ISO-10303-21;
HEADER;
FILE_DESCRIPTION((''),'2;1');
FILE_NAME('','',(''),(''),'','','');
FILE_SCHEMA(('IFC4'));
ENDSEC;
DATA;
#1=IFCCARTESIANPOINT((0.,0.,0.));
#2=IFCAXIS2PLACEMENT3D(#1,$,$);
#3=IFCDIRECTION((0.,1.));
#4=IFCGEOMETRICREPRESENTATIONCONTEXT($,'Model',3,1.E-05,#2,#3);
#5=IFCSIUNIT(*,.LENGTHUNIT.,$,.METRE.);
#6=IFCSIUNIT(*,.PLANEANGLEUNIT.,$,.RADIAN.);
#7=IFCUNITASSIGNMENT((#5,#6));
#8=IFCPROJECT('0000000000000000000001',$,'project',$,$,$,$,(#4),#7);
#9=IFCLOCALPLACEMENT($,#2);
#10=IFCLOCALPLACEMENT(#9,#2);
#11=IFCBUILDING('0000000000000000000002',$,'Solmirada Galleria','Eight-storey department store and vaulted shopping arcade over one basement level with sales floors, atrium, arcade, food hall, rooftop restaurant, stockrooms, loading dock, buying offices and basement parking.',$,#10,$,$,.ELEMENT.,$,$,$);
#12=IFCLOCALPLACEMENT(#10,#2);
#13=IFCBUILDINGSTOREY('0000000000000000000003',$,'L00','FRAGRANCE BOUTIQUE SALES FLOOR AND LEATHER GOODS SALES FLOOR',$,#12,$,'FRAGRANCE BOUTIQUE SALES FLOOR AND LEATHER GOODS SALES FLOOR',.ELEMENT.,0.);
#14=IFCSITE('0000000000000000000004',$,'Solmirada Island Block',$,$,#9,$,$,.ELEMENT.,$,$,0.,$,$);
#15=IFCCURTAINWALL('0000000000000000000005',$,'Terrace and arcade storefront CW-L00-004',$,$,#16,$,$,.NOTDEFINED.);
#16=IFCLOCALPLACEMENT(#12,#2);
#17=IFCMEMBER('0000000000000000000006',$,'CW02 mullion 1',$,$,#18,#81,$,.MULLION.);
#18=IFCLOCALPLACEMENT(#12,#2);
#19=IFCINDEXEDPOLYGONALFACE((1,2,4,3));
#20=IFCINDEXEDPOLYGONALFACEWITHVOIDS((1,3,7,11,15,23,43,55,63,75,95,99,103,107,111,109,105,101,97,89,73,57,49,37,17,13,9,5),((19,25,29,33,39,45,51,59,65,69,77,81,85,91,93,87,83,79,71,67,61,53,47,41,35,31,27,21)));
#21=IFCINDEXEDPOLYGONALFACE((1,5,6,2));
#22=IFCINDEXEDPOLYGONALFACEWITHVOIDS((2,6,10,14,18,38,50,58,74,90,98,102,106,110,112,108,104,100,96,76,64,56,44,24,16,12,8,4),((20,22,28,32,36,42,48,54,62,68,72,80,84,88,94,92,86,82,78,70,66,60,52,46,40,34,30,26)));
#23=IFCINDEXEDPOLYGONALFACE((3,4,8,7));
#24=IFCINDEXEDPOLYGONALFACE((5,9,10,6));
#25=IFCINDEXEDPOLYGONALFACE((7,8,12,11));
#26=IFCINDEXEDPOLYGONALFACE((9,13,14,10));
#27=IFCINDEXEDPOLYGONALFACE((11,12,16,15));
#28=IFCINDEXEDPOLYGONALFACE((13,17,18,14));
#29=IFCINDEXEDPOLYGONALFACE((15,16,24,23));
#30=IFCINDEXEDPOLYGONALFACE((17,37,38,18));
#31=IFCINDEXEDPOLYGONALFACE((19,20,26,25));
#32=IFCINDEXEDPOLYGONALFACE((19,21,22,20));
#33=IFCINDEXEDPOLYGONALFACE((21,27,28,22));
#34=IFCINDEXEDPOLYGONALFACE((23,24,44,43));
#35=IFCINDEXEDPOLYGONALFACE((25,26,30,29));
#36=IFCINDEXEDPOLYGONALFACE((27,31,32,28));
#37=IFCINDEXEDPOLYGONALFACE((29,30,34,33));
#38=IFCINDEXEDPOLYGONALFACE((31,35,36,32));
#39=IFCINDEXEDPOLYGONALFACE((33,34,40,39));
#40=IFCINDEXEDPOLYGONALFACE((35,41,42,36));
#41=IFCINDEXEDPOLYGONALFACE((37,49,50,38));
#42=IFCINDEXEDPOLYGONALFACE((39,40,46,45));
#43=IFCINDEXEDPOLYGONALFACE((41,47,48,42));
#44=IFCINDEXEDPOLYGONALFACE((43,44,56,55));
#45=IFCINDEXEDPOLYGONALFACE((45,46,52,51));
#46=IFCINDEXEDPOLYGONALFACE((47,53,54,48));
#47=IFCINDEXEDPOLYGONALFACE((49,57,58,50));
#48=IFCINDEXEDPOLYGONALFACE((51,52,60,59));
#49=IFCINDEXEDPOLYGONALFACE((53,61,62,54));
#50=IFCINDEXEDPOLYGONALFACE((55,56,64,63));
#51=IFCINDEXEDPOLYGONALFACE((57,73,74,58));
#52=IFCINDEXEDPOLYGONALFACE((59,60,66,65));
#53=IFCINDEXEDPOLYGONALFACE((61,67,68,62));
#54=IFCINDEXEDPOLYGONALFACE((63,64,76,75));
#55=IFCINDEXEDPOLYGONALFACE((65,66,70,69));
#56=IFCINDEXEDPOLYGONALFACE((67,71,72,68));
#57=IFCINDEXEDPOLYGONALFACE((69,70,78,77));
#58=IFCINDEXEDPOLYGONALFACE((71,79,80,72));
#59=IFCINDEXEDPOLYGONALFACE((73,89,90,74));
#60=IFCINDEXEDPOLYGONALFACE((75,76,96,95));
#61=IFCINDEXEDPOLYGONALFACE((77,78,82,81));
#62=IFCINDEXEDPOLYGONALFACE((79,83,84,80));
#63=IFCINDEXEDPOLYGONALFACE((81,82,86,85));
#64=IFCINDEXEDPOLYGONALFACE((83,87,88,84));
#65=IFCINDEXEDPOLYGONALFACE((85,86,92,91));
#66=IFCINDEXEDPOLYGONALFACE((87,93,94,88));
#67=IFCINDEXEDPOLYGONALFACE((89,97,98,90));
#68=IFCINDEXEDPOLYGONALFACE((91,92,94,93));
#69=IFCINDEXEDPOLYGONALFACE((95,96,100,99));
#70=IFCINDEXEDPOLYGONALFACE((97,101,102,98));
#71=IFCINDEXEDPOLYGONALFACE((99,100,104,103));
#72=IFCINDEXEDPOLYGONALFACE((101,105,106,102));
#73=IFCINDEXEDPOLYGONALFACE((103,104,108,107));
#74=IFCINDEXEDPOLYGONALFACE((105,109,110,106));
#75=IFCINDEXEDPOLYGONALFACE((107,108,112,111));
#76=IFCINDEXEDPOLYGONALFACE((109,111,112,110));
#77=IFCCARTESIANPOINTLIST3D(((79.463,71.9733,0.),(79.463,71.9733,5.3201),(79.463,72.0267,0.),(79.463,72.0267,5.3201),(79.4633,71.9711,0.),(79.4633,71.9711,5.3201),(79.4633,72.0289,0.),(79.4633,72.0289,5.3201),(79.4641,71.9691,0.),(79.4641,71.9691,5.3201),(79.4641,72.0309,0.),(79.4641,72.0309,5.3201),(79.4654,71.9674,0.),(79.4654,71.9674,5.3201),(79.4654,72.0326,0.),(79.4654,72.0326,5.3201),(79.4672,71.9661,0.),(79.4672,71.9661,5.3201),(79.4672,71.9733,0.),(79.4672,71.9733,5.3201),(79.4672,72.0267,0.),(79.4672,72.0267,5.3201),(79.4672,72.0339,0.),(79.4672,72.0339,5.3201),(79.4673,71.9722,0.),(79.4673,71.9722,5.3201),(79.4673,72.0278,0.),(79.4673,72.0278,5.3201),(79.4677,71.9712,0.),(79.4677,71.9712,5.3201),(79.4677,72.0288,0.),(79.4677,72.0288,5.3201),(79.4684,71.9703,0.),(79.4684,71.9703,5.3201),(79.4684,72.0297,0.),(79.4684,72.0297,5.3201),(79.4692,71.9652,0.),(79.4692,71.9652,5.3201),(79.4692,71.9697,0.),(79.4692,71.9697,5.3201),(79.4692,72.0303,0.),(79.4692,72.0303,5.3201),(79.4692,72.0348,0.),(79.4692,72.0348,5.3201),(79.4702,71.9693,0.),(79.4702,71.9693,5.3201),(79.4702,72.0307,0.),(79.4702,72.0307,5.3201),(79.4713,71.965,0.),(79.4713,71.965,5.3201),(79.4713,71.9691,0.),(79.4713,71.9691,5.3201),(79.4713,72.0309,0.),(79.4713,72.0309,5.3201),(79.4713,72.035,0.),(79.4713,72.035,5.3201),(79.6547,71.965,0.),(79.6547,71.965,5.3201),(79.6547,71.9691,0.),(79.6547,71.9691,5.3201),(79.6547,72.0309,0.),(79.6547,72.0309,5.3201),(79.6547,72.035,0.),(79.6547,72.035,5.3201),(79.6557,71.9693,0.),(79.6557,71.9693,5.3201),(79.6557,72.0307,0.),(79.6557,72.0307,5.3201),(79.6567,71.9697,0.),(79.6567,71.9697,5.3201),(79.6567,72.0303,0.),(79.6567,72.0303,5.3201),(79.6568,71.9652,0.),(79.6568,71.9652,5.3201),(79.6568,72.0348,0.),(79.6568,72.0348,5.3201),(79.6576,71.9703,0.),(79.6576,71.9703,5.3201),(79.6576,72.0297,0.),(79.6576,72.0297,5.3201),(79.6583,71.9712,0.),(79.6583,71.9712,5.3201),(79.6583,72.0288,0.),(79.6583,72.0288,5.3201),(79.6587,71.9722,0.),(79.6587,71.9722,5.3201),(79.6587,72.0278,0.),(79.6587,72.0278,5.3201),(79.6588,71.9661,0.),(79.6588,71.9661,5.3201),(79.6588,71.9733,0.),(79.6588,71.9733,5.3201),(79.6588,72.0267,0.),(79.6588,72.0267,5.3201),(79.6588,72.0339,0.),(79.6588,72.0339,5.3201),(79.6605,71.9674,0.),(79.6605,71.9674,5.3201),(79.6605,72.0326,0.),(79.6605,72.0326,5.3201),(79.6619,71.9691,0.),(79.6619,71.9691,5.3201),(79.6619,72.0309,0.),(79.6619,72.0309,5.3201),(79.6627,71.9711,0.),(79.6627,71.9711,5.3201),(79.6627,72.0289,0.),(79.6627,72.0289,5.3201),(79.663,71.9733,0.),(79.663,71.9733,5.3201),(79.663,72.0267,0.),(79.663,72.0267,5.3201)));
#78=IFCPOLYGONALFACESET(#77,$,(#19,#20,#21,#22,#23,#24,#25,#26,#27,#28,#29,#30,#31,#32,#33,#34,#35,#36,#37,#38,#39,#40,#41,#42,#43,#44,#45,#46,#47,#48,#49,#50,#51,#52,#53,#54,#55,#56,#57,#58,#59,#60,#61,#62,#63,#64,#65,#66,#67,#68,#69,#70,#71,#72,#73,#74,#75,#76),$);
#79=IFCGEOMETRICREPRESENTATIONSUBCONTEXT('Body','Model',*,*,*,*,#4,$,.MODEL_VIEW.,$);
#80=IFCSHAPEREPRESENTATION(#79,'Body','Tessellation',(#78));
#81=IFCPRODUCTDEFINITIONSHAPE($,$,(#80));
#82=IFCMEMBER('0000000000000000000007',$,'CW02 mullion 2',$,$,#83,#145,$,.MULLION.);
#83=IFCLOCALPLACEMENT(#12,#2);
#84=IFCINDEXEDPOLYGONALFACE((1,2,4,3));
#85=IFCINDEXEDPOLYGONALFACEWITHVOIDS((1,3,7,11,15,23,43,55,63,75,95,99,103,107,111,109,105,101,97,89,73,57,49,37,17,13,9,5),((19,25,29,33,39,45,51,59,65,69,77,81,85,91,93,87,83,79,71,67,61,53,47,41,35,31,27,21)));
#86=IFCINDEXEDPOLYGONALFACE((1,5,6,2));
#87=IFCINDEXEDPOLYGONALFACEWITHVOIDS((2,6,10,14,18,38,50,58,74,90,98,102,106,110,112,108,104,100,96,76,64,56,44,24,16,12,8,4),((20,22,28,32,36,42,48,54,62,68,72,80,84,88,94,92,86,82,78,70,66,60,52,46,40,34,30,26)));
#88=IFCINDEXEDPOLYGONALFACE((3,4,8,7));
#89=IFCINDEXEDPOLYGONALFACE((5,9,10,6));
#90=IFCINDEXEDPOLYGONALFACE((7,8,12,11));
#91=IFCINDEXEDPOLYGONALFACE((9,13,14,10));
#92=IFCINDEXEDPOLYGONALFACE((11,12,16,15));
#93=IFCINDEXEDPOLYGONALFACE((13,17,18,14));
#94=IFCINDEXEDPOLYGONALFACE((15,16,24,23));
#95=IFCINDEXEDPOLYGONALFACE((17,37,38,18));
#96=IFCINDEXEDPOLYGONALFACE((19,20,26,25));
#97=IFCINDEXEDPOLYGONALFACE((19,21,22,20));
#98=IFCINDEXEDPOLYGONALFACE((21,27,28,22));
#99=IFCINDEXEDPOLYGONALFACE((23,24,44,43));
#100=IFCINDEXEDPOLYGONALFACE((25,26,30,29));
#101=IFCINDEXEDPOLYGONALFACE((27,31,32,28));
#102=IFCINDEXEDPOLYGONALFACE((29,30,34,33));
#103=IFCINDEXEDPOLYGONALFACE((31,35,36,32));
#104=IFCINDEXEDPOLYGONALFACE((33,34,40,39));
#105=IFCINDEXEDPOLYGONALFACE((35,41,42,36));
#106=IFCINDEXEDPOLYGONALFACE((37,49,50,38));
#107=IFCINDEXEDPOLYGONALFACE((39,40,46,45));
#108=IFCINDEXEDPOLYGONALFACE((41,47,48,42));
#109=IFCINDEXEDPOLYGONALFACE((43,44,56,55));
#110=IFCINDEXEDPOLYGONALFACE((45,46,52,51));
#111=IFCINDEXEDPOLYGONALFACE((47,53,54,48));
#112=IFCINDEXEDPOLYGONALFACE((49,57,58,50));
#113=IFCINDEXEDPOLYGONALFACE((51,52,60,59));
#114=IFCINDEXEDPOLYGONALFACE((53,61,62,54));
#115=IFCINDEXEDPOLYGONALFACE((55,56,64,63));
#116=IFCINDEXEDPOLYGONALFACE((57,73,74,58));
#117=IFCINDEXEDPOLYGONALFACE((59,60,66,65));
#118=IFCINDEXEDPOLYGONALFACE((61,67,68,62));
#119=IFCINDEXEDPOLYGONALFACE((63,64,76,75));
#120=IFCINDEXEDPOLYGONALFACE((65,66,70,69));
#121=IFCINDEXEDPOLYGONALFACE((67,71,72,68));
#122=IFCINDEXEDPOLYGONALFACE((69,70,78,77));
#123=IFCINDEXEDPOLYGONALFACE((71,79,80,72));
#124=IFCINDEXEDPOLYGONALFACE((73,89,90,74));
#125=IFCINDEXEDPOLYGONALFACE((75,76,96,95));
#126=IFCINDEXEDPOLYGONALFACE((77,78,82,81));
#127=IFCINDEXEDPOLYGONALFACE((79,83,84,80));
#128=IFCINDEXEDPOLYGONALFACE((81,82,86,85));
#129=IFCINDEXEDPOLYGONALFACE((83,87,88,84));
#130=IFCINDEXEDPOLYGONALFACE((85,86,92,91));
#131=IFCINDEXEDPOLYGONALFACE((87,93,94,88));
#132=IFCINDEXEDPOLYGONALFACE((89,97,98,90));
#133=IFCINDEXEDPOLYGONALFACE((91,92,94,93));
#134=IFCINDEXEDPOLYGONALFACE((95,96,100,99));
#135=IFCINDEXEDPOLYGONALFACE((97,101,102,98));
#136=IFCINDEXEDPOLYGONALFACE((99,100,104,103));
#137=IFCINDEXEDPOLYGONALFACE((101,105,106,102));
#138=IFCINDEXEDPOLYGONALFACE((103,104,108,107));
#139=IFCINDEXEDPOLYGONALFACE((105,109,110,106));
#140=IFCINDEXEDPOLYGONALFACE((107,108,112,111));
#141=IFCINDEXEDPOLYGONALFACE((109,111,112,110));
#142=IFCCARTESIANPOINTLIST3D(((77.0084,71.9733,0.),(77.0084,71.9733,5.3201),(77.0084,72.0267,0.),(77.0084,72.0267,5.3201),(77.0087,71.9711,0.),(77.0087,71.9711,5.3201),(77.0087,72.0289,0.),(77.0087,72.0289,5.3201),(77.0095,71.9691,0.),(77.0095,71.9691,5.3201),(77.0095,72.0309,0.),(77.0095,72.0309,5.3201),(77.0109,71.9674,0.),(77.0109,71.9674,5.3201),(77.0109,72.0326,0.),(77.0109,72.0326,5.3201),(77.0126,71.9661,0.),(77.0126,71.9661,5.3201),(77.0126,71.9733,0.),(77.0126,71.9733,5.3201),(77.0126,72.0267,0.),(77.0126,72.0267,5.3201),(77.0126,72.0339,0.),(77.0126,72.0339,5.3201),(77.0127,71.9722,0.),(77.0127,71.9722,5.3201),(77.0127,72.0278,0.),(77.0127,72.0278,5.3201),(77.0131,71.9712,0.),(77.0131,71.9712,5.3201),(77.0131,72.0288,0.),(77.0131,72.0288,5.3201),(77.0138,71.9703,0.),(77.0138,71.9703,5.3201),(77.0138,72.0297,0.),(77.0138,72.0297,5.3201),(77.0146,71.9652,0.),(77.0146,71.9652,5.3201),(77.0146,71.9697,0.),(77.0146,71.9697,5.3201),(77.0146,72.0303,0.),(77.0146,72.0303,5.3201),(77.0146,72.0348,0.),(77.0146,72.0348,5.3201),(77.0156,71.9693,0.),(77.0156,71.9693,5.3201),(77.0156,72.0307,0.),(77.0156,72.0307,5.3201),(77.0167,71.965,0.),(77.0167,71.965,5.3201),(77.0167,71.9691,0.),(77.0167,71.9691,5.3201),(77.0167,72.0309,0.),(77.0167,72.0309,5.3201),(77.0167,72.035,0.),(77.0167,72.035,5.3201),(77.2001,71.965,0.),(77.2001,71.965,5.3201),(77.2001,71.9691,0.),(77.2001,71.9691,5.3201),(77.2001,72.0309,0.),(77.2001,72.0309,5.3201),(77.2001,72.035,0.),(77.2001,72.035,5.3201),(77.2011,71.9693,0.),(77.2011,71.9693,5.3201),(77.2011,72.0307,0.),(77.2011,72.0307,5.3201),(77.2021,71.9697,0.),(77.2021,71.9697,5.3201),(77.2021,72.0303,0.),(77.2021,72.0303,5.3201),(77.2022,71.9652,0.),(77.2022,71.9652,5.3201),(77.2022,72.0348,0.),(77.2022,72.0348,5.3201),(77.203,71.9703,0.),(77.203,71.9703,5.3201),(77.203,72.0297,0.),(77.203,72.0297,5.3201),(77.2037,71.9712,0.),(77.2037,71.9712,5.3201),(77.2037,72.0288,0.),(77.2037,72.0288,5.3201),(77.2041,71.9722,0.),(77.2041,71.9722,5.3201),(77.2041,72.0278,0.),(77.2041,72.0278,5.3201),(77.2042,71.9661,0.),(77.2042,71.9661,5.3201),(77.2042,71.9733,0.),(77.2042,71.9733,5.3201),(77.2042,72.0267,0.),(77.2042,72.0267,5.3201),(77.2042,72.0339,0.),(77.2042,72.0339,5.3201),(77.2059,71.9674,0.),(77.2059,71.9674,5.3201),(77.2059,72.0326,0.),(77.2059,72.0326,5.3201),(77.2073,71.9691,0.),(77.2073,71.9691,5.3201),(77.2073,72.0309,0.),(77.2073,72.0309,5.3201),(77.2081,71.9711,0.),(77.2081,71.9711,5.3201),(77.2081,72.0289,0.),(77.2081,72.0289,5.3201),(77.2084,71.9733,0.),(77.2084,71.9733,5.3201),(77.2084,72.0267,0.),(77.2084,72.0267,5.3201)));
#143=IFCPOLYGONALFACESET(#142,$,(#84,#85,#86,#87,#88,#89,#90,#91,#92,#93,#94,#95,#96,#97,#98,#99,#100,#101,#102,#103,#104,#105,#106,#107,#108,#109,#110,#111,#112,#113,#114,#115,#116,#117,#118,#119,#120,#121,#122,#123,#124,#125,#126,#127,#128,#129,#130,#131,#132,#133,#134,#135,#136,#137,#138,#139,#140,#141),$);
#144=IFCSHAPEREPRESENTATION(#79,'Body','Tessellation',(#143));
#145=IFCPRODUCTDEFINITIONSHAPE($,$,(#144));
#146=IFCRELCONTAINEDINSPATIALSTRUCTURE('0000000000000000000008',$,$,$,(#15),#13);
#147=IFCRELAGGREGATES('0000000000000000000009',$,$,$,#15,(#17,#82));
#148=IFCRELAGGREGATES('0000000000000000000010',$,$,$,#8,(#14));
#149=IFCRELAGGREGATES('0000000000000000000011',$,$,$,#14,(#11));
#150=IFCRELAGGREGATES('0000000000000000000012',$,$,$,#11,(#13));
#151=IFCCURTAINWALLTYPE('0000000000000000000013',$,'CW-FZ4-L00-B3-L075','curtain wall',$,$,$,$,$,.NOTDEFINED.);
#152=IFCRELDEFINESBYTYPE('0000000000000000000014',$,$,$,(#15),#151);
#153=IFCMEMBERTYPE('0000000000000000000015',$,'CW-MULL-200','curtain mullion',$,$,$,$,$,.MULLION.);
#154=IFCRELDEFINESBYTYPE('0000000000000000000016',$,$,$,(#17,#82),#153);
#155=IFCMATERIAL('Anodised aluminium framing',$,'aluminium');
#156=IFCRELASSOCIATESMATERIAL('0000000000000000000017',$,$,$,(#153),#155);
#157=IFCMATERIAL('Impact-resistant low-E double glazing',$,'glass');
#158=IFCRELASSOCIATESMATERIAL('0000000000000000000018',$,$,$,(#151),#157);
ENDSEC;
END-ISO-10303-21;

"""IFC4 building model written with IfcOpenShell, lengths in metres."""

from ifc_helpers import new_model, si_unit, direction, frame, origin, origin_2d, place, context, subcontext, project, spatial, hollow_rectangle, extrude, material, material_profile, profile_set, type_object, element, aggregate, save


model = new_model("IFC4")

# Units and contexts
model_context = context("Model", 3, precision=1e-05, world=origin(), true_north=direction((0.0, 1.0)))
body_context = subcontext(model_context, "Body", "Model", "MODEL_VIEW")
ifc_project = project(units=[si_unit("LENGTHUNIT", "METRE"), si_unit("PLANEANGLEUNIT", "RADIAN")], contexts=[model_context])

# Site, building, storey
site_placement = place(None, origin())
site = spatial("IfcSite", under=ifc_project, at=site_placement, Name="Solmirada Island Block", CompositionType="ELEMENT", RefElevation=0.0)
building_placement = place(site_placement, origin())
building = spatial("IfcBuilding", under=site, at=building_placement, Name="Solmirada Galleria", Description="Eight-storey department store and vaulted shopping arcade over one basement level with sales floors, atrium, arcade, food hall, rooftop restaurant, stockrooms, loading dock, buying offices and basement parking.", CompositionType="ELEMENT")
storey_placement = place(building_placement, origin())
storey = spatial("IfcBuildingStorey", under=building, at=storey_placement, Name="L00", Description="FRAGRANCE BOUTIQUE SALES FLOOR AND LEATHER GOODS SALES FLOOR", LongName="FRAGRANCE BOUTIQUE SALES FLOOR AND LEATHER GOODS SALES FLOOR", CompositionType="ELEMENT", Elevation=0.0)

# Shared definitions
ifc_material_1 = material(Name="Impact-resistant low-E double glazing", Category="glass")
ifc_material_2 = material(Name="Anodised aluminium framing", Category="aluminium")
ifc_material_profile_1 = material_profile(ifc_material_2, hollow_rectangle(XDim=0.0701, YDim=0.2, WallThickness=0.0042, InnerFilletRadius=0.0042, OuterFilletRadius=0.0083, at=origin_2d()), Name="ALU-MULL-200X70")
ifc_profile_set_1 = profile_set([ifc_material_profile_1], Name="Anodised aluminium framing")
member_type_1 = type_object("IfcMemberType", Name="CW-MULL-200", Description="curtain mullion", PredefinedType="MULLION", material=ifc_profile_set_1)

# Curtain wall, members
curtain_wall_type_1 = type_object("IfcCurtainWallType", Name="CW-FZ4-L00-B3-L075", Description="curtain wall", PredefinedType="NOTDEFINED", material=ifc_material_1)
curtain_wall_1_placement = place(storey_placement, origin())
curtain_wall_1 = element("IfcCurtainWall", 1, at=curtain_wall_1_placement, inside=storey, type_object=curtain_wall_type_1, Name="Terrace and arcade storefront CW-L00-004", PredefinedType="NOTDEFINED")
member_1_placement = place(storey_placement, frame((79.563, 72.0, 0.0), z_axis=(0.0, 0.0, 1.0), x_axis=(0.0, -1.0, 0.0)))
member_1 = element("IfcMember", 2, at=member_1_placement, type_object=member_type_1, Name="CW02 mullion 1", PredefinedType="MULLION", context=body_context, shape_type="SweptSolid", body=[
    extrude(hollow_rectangle(XDim=0.0701, YDim=0.2, WallThickness=0.0042, InnerFilletRadius=0.0042, OuterFilletRadius=0.0083, at=origin_2d()), origin(), (0.0, 0.0, 1.0), 5.3201),
])
member_2_placement = place(storey_placement, frame((77.1084, 72.0, 0.0), z_axis=(0.0, 0.0, 1.0), x_axis=(0.0, -1.0, 0.0)))
member_2 = element("IfcMember", 3, at=member_2_placement, type_object=member_type_1, Name="CW02 mullion 2", PredefinedType="MULLION", context=body_context, shape_type="SweptSolid", body=[
    extrude(hollow_rectangle(XDim=0.0701, YDim=0.2, WallThickness=0.0042, InnerFilletRadius=0.0042, OuterFilletRadius=0.0083, at=origin_2d()), origin(), (0.0, 0.0, 1.0), 5.3201),
])

aggregate(curtain_wall_1, [member_1, member_2])

save(model, "model.ifc")
